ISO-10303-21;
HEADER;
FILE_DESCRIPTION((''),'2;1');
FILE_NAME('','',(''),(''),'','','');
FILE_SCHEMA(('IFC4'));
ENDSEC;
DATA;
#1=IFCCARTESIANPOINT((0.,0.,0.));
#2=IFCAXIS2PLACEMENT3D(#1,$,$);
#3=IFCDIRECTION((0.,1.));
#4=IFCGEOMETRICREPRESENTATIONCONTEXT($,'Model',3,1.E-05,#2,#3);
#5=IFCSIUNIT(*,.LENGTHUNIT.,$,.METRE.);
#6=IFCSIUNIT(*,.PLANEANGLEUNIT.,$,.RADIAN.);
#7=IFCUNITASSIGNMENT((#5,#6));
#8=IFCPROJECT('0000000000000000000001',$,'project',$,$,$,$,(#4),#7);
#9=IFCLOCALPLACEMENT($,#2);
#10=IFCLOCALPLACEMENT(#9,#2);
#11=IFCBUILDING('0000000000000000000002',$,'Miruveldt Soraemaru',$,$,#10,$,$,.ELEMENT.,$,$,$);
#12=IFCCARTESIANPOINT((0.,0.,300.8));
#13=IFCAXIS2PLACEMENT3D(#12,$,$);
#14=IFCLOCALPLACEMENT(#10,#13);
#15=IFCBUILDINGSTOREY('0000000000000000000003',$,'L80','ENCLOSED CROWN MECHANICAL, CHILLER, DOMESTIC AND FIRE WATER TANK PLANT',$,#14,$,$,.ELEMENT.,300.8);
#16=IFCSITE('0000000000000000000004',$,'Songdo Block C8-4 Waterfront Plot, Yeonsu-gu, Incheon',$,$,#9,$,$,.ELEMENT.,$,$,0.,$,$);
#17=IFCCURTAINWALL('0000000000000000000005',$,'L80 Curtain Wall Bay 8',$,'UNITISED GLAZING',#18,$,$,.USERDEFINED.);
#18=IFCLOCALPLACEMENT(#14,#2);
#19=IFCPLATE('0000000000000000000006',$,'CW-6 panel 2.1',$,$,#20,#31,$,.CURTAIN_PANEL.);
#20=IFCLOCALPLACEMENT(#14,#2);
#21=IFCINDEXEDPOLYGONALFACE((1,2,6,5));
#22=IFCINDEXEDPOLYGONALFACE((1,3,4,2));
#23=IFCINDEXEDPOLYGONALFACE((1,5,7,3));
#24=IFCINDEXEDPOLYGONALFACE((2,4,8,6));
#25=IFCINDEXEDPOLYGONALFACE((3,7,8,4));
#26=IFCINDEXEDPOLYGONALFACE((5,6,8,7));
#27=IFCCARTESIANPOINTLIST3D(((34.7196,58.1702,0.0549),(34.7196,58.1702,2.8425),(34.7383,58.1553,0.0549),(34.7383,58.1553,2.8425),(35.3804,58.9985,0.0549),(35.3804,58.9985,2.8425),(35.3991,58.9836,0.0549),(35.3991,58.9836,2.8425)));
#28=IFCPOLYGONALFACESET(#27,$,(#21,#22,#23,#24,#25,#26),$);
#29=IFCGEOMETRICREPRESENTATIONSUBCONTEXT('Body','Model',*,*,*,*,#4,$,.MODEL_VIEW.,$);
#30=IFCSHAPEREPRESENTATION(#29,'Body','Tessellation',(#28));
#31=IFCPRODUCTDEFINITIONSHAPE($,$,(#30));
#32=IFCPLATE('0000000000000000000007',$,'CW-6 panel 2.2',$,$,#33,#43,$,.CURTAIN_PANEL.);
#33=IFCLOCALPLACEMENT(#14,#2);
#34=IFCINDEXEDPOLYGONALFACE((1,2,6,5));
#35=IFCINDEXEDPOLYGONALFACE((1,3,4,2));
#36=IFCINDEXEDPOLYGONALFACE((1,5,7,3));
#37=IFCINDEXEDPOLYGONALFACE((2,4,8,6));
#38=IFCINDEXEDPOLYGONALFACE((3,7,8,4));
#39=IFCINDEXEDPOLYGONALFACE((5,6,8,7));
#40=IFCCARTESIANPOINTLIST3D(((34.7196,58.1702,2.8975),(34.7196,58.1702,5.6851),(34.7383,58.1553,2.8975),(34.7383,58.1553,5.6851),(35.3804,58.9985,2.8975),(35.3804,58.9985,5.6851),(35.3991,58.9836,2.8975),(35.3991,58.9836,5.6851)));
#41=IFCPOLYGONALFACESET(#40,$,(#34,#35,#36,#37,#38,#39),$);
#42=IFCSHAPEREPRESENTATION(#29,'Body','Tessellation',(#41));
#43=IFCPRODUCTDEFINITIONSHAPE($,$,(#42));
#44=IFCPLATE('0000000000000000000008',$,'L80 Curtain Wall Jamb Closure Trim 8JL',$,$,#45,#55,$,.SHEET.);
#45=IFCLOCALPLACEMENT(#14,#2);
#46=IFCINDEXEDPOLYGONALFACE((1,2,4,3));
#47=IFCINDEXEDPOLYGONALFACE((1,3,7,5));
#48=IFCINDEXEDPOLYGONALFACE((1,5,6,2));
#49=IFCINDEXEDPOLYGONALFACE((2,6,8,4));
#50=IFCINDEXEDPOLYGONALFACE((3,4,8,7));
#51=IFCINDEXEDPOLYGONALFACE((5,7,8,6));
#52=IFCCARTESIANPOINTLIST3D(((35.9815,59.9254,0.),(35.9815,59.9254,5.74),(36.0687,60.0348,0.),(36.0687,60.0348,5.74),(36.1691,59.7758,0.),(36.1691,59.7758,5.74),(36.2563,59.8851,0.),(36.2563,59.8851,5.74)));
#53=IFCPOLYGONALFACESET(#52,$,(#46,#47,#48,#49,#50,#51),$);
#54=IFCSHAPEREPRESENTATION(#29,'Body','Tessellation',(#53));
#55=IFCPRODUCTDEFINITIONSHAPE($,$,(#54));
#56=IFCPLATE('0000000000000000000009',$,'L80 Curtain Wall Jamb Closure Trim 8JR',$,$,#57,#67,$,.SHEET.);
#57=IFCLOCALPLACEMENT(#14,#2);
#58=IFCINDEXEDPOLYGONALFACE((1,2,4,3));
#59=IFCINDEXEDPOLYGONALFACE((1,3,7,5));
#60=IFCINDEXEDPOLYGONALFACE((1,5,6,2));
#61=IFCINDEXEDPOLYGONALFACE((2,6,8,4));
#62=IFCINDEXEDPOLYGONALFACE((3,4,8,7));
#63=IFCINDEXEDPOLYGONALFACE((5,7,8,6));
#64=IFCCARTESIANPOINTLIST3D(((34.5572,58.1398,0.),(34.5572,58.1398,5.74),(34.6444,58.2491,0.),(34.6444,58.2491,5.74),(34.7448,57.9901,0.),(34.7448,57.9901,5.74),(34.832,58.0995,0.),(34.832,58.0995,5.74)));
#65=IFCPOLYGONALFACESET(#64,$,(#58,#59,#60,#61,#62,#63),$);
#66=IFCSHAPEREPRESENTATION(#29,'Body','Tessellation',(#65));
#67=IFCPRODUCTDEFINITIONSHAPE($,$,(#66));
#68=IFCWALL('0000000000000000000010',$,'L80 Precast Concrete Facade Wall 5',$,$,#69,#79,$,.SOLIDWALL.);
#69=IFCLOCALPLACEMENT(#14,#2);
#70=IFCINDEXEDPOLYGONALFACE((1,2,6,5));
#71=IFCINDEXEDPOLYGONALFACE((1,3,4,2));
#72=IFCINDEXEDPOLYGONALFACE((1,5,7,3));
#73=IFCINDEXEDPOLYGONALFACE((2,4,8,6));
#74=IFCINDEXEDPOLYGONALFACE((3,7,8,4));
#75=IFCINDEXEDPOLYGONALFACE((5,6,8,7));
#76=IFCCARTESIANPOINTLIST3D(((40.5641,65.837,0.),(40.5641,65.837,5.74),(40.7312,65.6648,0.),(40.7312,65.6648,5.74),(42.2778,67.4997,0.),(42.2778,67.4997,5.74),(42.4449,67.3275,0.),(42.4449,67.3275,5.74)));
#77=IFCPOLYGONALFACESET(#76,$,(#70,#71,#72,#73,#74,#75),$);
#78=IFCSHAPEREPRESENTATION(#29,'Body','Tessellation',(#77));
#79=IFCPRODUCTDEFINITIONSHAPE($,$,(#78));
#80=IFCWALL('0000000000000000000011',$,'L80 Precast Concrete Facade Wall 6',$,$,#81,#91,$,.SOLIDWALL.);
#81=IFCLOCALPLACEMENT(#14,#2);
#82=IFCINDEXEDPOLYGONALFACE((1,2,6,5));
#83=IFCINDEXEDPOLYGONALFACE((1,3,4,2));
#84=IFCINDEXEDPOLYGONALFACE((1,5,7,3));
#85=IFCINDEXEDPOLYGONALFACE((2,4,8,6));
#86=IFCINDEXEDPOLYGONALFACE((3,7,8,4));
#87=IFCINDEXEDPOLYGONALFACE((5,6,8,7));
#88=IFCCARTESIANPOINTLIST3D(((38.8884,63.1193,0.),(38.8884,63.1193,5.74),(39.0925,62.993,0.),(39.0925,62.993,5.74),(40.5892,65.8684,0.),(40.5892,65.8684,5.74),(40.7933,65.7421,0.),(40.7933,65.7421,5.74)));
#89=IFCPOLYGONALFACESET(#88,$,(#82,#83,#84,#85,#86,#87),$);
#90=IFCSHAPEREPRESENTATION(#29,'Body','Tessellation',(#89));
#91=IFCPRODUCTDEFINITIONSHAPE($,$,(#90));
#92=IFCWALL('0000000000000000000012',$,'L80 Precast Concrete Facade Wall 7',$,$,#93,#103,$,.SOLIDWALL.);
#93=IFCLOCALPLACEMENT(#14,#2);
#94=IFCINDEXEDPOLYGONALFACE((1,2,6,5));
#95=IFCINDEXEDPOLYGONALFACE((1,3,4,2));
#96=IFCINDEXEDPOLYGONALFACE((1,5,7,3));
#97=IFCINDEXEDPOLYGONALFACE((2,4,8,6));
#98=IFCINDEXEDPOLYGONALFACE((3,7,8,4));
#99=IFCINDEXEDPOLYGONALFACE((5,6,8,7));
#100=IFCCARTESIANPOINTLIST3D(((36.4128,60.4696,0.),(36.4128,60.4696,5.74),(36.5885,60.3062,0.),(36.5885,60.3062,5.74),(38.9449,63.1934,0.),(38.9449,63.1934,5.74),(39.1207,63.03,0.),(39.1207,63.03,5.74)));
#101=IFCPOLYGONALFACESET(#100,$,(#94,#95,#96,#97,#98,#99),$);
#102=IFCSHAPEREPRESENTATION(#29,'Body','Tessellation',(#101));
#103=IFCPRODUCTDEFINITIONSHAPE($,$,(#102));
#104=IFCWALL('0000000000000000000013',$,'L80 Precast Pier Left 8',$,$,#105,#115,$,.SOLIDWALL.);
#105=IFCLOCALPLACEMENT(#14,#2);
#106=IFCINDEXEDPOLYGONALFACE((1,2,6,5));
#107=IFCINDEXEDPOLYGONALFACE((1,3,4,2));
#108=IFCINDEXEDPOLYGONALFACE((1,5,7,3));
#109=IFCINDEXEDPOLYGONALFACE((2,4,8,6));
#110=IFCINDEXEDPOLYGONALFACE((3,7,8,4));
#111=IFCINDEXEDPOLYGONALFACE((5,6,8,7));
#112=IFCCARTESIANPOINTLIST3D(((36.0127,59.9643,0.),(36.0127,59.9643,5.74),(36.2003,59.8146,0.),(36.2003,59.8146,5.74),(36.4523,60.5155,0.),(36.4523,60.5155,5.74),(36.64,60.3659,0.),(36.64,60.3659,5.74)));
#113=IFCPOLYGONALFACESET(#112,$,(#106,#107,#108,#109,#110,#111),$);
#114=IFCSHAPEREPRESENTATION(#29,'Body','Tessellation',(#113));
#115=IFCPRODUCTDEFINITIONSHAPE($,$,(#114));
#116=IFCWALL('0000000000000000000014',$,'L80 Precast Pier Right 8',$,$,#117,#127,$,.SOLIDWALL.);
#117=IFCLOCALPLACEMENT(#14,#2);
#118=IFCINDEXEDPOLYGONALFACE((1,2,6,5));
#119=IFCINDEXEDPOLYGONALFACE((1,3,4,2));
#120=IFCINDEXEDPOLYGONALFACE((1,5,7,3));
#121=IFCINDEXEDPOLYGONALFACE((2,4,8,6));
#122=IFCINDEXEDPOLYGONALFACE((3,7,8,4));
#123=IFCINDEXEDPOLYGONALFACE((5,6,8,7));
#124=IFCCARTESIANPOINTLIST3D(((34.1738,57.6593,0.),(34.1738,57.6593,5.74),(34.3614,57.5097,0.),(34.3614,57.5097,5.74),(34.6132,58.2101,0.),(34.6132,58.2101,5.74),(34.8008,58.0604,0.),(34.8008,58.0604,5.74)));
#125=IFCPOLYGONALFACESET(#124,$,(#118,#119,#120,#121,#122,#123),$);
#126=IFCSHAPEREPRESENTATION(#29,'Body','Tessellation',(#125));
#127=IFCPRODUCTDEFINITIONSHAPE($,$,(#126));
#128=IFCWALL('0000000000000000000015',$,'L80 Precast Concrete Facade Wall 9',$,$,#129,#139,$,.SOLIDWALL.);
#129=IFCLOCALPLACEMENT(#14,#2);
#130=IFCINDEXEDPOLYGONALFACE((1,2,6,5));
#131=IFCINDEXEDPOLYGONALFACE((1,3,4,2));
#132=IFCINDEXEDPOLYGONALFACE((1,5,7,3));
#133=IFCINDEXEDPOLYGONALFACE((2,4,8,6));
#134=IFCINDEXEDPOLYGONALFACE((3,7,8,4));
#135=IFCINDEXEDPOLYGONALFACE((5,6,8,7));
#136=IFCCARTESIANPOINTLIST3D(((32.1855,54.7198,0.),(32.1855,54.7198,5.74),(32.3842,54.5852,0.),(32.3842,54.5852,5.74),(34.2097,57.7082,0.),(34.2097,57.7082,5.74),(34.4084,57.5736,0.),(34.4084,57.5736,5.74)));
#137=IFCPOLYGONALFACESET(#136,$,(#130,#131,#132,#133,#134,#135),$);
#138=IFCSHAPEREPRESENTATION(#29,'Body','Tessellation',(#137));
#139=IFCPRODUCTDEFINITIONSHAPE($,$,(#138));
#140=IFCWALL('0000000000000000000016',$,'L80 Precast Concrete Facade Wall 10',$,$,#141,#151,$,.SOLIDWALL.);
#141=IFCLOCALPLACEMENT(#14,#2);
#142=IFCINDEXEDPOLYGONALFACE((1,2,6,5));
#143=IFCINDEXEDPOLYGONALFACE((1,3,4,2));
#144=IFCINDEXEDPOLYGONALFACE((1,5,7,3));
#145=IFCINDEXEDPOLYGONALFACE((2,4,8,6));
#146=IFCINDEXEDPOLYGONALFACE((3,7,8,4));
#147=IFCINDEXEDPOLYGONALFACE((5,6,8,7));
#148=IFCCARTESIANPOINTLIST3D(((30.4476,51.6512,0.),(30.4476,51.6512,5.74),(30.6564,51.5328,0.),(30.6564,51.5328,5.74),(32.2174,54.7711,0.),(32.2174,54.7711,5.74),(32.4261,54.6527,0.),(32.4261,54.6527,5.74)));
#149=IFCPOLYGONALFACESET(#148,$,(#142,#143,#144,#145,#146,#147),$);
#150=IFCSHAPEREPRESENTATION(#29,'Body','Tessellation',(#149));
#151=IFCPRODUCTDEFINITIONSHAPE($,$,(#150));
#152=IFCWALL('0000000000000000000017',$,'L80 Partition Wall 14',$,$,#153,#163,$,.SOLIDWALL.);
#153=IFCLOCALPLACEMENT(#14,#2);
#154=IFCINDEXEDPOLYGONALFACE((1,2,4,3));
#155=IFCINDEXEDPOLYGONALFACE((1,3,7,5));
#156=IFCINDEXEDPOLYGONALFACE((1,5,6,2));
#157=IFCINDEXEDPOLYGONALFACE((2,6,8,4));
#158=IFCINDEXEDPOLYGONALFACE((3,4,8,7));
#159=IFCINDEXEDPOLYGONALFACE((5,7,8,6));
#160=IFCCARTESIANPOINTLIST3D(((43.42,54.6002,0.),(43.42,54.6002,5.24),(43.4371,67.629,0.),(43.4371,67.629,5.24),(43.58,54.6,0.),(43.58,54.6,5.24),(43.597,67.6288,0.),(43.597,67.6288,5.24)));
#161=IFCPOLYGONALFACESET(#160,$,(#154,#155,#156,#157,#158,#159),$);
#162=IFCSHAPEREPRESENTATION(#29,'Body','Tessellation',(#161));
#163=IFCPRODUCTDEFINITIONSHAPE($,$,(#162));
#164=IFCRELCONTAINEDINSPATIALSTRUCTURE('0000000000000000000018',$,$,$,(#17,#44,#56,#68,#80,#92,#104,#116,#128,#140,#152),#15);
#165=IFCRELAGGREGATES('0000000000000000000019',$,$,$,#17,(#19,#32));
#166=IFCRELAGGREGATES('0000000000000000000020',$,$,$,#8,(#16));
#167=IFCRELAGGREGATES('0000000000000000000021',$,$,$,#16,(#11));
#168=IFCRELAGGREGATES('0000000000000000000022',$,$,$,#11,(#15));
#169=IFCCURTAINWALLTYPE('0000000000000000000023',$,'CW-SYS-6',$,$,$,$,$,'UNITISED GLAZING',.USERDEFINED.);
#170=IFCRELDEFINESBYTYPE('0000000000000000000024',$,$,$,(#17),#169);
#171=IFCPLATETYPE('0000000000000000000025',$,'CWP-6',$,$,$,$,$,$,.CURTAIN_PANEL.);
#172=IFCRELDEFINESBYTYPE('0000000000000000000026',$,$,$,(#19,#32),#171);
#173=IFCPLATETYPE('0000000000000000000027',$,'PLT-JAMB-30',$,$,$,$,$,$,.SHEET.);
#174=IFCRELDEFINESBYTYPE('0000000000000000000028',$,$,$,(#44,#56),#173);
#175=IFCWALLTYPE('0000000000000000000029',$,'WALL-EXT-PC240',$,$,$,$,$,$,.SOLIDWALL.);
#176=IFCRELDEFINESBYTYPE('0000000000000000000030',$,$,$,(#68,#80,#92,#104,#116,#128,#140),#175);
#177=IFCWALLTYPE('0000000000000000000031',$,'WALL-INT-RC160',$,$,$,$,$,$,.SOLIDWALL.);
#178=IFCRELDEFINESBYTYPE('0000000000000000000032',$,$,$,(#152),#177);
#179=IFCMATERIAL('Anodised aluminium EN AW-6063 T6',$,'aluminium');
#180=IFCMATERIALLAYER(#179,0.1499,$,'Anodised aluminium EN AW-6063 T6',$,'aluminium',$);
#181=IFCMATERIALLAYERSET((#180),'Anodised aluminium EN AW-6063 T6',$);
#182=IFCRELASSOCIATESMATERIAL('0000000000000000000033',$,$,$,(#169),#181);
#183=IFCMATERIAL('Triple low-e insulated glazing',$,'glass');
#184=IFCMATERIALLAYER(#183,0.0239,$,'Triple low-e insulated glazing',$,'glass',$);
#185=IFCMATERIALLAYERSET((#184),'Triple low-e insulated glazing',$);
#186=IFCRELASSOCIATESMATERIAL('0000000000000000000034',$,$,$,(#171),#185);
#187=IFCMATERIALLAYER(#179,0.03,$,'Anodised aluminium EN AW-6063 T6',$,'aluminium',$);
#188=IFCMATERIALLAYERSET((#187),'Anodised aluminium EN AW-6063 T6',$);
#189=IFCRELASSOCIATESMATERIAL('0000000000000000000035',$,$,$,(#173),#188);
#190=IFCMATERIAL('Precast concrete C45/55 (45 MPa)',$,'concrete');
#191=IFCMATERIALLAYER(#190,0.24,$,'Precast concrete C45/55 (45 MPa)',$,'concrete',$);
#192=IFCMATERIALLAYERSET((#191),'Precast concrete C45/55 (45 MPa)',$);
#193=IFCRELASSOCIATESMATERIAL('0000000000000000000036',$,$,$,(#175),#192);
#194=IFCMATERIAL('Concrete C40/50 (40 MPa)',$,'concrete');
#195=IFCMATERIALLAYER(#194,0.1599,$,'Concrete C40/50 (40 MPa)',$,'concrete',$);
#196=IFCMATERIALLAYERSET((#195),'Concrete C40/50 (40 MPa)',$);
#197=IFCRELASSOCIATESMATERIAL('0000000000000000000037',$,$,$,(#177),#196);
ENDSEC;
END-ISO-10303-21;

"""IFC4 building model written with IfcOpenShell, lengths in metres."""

from ifc_helpers import new_model, si_unit, direction, frame, frame_2d, origin, origin_2d, place, context, subcontext, project, spatial, rectangle, extrude, material, layer, layer_set, type_object, element, aggregate, save


model = new_model("IFC4")

# Units and contexts
model_context = context("Model", 3, precision=1e-05, world=origin(), true_north=direction((0.0, 1.0)))
body_context = subcontext(model_context, "Body", "Model", "MODEL_VIEW")
ifc_project = project(units=[si_unit("LENGTHUNIT", "METRE"), si_unit("PLANEANGLEUNIT", "RADIAN")], contexts=[model_context])

# Site, building, storey
site_placement = place(None, origin())
site = spatial("IfcSite", under=ifc_project, at=site_placement, Name="Songdo Block C8-4 Waterfront Plot, Yeonsu-gu, Incheon", CompositionType="ELEMENT", RefElevation=0.0)
building_placement = place(site_placement, origin())
building = spatial("IfcBuilding", under=site, at=building_placement, Name="Miruveldt Soraemaru", CompositionType="ELEMENT")
storey_placement = place(building_placement, frame((0.0, 0.0, 300.8)))
storey = spatial("IfcBuildingStorey", under=building, at=storey_placement, Name="L80", Description="ENCLOSED CROWN MECHANICAL, CHILLER, DOMESTIC AND FIRE WATER TANK PLANT", CompositionType="ELEMENT", Elevation=300.8)

# Curtain wall, plates
ifc_material_1 = material(Name="Anodised aluminium EN AW-6063 T6", Category="aluminium")
ifc_layer_1 = layer(ifc_material_1, 0.1499, Name="Anodised aluminium EN AW-6063 T6", Category="aluminium")
ifc_layer_set_1 = layer_set([ifc_layer_1], Name="Anodised aluminium EN AW-6063 T6")
curtain_wall_type = type_object("IfcCurtainWallType", Name="CW-SYS-6", ElementType="UNITISED GLAZING", PredefinedType="USERDEFINED", material=ifc_layer_set_1)
curtain_wall_placement = place(storey_placement, origin())
curtain_wall = element("IfcCurtainWall", 1, at=curtain_wall_placement, inside=storey, type_object=curtain_wall_type, Name="L80 Curtain Wall Bay 8", ObjectType="UNITISED GLAZING", PredefinedType="USERDEFINED")
ifc_material_2 = material(Name="Triple low-e insulated glazing", Category="glass")
ifc_layer_2 = layer(ifc_material_2, 0.0239, Name="Triple low-e insulated glazing", Category="glass")
ifc_layer_set_2 = layer_set([ifc_layer_2], Name="Triple low-e insulated glazing")
plate_type_1 = type_object("IfcPlateType", Name="CWP-6", PredefinedType="CURTAIN_PANEL", material=ifc_layer_set_2)
plate_1_placement = place(storey_placement, frame((35.0593, 58.5769, 0.0549), z_axis=(0.0, 0.0, 1.0), x_axis=(-0.623627, -0.781722, 0.0)))
plate_1 = element("IfcPlate", 2, at=plate_1_placement, type_object=plate_type_1, Name="CW-6 panel 2.1", PredefinedType="CURTAIN_PANEL", context=body_context, shape_type="SweptSolid", body=[
    extrude(rectangle(XDim=1.0596, YDim=0.0239, at=origin_2d()), origin(), (0.0, 0.0, 1.0), 2.7876),
])
plate_2_placement = place(storey_placement, frame((35.0593, 58.5769, 2.8975), z_axis=(0.0, 0.0, 1.0), x_axis=(-0.623627, -0.781722, 0.0)))
plate_2 = element("IfcPlate", 3, at=plate_2_placement, type_object=plate_type_1, Name="CW-6 panel 2.2", PredefinedType="CURTAIN_PANEL", context=body_context, shape_type="SweptSolid", body=[
    extrude(rectangle(XDim=1.0596, YDim=0.0239, at=origin_2d()), origin(), (0.0, 0.0, 1.0), 2.7876),
])
aggregate(curtain_wall, [plate_1, plate_2])

# Plates
ifc_layer_3 = layer(ifc_material_1, 0.03, Name="Anodised aluminium EN AW-6063 T6", Category="aluminium")
ifc_layer_set_3 = layer_set([ifc_layer_3], Name="Anodised aluminium EN AW-6063 T6")
plate_type_2 = type_object("IfcPlateType", Name="PLT-JAMB-30", PredefinedType="SHEET", material=ifc_layer_set_3)
for number, where, z_axis, x_axis, name in (
    (4, (36.1189, 59.9053, 0.0), (0.0, 0.0, 1.0), (-0.623607, -0.781738, 0.0), "L80 Curtain Wall Jamb Closure Trim 8JL"),
    (5, (34.6946, 58.1196, 0.0), (0.0, 0.0, 1.0), (-0.623607, -0.781738, 0.0), "L80 Curtain Wall Jamb Closure Trim 8JR"),
):
    element("IfcPlate", number, at=place(storey_placement, frame(where, z_axis=z_axis, x_axis=x_axis)), inside=storey, type_object=plate_type_2, Name=name, PredefinedType="SHEET", context=body_context, shape_type="SweptSolid", body=[
        extrude(rectangle(XDim=0.1399, YDim=0.24, at=origin_2d()), origin(), (0.0, 0.0, 1.0), 5.74),
    ])

# Walls
ifc_material_3 = material(Name="Precast concrete C45/55 (45 MPa)", Category="concrete")
ifc_layer_4 = layer(ifc_material_3, 0.24, Name="Precast concrete C45/55 (45 MPa)", Category="concrete")
ifc_layer_set_4 = layer_set([ifc_layer_4], Name="Precast concrete C45/55 (45 MPa)")
wall_type_1 = type_object("IfcWallType", Name="WALL-EXT-PC240", PredefinedType="SOLIDWALL", material=ifc_layer_set_4)
wall_1_placement = place(storey_placement, frame((42.3613, 67.4136, 0.0), z_axis=(0.0, 0.0, 1.0), x_axis=(-0.717711, -0.696341, 0.0)))
element("IfcWall", 6, at=wall_1_placement, inside=storey, type_object=wall_type_1, Name="L80 Precast Concrete Facade Wall 5", PredefinedType="SOLIDWALL", context=body_context, shape_type="SweptSolid", body=[
    extrude(rectangle(XDim=2.3877, YDim=0.24, at=frame_2d((1.1938, 0.0))), origin(), (0.0, 0.0, 1.0), 5.74),
])
wall_2_placement = place(storey_placement, frame((40.6912, 65.8052, 0.0), z_axis=(0.0, 0.0, 1.0), x_axis=(-0.52611, -0.850416, 0.0)))
element("IfcWall", 7, at=wall_2_placement, inside=storey, type_object=wall_type_1, Name="L80 Precast Concrete Facade Wall 6", PredefinedType="SOLIDWALL", context=body_context, shape_type="SweptSolid", body=[
    extrude(rectangle(XDim=3.2327, YDim=0.24, at=frame_2d((1.6162, 0.0))), origin(), (0.0, 0.0, 1.0), 5.74),
])
wall_3_placement = place(storey_placement, frame((39.0327, 63.1116, 0.0), z_axis=(0.0, 0.0, 1.0), x_axis=(-0.680871, -0.732403, 0.0)))
element("IfcWall", 8, at=wall_3_placement, inside=storey, type_object=wall_type_1, Name="L80 Precast Concrete Facade Wall 7", PredefinedType="SOLIDWALL", context=body_context, shape_type="SweptSolid", body=[
    extrude(rectangle(XDim=3.719, YDim=0.24, at=frame_2d((1.8594, 0.0))), origin(), (0.0, 0.0, 1.0), 5.74),
])
wall_4_placement = place(storey_placement, frame((36.5461, 60.4407, 0.0), z_axis=(0.0, 0.0, 1.0), x_axis=(-0.623554, -0.78178, 0.0)))
element("IfcWall", 9, at=wall_4_placement, inside=storey, type_object=wall_type_1, Name="L80 Precast Pier Left 8", PredefinedType="SOLIDWALL", context=body_context, shape_type="SweptSolid", body=[
    extrude(rectangle(XDim=0.7051, YDim=0.24, at=frame_2d((0.3525, 0.0))), origin(), (0.0, 0.0, 1.0), 5.74),
])
wall_5_placement = place(storey_placement, frame((34.707, 58.1353, 0.0), z_axis=(0.0, 0.0, 1.0), x_axis=(-0.62368, -0.781679, 0.0)))
element("IfcWall", 10, at=wall_5_placement, inside=storey, type_object=wall_type_1, Name="L80 Precast Pier Right 8", PredefinedType="SOLIDWALL", context=body_context, shape_type="SweptSolid", body=[
    extrude(rectangle(XDim=0.7046, YDim=0.24, at=frame_2d((0.3523, 0.0))), origin(), (0.0, 0.0, 1.0), 5.74),
])
wall_6_placement = place(storey_placement, frame((34.3091, 57.6409, 0.0), z_axis=(0.0, 0.0, 1.0), x_axis=(-0.56082, -0.827938, 0.0)))
element("IfcWall", 11, at=wall_6_placement, inside=storey, type_object=wall_type_1, Name="L80 Precast Concrete Facade Wall 9", PredefinedType="SOLIDWALL", context=body_context, shape_type="SweptSolid", body=[
    extrude(rectangle(XDim=3.6094, YDim=0.24, at=frame_2d((1.8047, 0.0))), origin(), (0.0, 0.0, 1.0), 5.74),
])
wall_7_placement = place(storey_placement, frame((32.3218, 54.7119, 0.0), z_axis=(0.0, 0.0, 1.0), x_axis=(-0.493402, -0.869801, 0.0)))
element("IfcWall", 12, at=wall_7_placement, inside=storey, type_object=wall_type_1, Name="L80 Precast Concrete Facade Wall 10", PredefinedType="SOLIDWALL", context=body_context, shape_type="SweptSolid", body=[
    extrude(rectangle(XDim=3.5869, YDim=0.24, at=frame_2d((1.7935, 0.0))), origin(), (0.0, 0.0, 1.0), 5.74),
])
ifc_material_4 = material(Name="Concrete C40/50 (40 MPa)", Category="concrete")
ifc_layer_5 = layer(ifc_material_4, 0.1599, Name="Concrete C40/50 (40 MPa)", Category="concrete")
ifc_layer_set_5 = layer_set([ifc_layer_5], Name="Concrete C40/50 (40 MPa)")
wall_type_2 = type_object("IfcWallType", Name="WALL-INT-RC160", PredefinedType="SOLIDWALL", material=ifc_layer_set_5)
wall_8_placement = place(storey_placement, frame((43.5, 54.6001, 0.0), z_axis=(0.0, 0.0, 1.0), x_axis=(0.001312, 0.999999, 0.0)))
element("IfcWall", 13, at=wall_8_placement, inside=storey, type_object=wall_type_2, Name="L80 Partition Wall 14", PredefinedType="SOLIDWALL", context=body_context, shape_type="SweptSolid", body=[
    extrude(rectangle(XDim=13.0288, YDim=0.1599, at=frame_2d((6.5144, 0.0))), origin(), (0.0, 0.0, 1.0), 5.24),
])

save(model, "model.ifc")
